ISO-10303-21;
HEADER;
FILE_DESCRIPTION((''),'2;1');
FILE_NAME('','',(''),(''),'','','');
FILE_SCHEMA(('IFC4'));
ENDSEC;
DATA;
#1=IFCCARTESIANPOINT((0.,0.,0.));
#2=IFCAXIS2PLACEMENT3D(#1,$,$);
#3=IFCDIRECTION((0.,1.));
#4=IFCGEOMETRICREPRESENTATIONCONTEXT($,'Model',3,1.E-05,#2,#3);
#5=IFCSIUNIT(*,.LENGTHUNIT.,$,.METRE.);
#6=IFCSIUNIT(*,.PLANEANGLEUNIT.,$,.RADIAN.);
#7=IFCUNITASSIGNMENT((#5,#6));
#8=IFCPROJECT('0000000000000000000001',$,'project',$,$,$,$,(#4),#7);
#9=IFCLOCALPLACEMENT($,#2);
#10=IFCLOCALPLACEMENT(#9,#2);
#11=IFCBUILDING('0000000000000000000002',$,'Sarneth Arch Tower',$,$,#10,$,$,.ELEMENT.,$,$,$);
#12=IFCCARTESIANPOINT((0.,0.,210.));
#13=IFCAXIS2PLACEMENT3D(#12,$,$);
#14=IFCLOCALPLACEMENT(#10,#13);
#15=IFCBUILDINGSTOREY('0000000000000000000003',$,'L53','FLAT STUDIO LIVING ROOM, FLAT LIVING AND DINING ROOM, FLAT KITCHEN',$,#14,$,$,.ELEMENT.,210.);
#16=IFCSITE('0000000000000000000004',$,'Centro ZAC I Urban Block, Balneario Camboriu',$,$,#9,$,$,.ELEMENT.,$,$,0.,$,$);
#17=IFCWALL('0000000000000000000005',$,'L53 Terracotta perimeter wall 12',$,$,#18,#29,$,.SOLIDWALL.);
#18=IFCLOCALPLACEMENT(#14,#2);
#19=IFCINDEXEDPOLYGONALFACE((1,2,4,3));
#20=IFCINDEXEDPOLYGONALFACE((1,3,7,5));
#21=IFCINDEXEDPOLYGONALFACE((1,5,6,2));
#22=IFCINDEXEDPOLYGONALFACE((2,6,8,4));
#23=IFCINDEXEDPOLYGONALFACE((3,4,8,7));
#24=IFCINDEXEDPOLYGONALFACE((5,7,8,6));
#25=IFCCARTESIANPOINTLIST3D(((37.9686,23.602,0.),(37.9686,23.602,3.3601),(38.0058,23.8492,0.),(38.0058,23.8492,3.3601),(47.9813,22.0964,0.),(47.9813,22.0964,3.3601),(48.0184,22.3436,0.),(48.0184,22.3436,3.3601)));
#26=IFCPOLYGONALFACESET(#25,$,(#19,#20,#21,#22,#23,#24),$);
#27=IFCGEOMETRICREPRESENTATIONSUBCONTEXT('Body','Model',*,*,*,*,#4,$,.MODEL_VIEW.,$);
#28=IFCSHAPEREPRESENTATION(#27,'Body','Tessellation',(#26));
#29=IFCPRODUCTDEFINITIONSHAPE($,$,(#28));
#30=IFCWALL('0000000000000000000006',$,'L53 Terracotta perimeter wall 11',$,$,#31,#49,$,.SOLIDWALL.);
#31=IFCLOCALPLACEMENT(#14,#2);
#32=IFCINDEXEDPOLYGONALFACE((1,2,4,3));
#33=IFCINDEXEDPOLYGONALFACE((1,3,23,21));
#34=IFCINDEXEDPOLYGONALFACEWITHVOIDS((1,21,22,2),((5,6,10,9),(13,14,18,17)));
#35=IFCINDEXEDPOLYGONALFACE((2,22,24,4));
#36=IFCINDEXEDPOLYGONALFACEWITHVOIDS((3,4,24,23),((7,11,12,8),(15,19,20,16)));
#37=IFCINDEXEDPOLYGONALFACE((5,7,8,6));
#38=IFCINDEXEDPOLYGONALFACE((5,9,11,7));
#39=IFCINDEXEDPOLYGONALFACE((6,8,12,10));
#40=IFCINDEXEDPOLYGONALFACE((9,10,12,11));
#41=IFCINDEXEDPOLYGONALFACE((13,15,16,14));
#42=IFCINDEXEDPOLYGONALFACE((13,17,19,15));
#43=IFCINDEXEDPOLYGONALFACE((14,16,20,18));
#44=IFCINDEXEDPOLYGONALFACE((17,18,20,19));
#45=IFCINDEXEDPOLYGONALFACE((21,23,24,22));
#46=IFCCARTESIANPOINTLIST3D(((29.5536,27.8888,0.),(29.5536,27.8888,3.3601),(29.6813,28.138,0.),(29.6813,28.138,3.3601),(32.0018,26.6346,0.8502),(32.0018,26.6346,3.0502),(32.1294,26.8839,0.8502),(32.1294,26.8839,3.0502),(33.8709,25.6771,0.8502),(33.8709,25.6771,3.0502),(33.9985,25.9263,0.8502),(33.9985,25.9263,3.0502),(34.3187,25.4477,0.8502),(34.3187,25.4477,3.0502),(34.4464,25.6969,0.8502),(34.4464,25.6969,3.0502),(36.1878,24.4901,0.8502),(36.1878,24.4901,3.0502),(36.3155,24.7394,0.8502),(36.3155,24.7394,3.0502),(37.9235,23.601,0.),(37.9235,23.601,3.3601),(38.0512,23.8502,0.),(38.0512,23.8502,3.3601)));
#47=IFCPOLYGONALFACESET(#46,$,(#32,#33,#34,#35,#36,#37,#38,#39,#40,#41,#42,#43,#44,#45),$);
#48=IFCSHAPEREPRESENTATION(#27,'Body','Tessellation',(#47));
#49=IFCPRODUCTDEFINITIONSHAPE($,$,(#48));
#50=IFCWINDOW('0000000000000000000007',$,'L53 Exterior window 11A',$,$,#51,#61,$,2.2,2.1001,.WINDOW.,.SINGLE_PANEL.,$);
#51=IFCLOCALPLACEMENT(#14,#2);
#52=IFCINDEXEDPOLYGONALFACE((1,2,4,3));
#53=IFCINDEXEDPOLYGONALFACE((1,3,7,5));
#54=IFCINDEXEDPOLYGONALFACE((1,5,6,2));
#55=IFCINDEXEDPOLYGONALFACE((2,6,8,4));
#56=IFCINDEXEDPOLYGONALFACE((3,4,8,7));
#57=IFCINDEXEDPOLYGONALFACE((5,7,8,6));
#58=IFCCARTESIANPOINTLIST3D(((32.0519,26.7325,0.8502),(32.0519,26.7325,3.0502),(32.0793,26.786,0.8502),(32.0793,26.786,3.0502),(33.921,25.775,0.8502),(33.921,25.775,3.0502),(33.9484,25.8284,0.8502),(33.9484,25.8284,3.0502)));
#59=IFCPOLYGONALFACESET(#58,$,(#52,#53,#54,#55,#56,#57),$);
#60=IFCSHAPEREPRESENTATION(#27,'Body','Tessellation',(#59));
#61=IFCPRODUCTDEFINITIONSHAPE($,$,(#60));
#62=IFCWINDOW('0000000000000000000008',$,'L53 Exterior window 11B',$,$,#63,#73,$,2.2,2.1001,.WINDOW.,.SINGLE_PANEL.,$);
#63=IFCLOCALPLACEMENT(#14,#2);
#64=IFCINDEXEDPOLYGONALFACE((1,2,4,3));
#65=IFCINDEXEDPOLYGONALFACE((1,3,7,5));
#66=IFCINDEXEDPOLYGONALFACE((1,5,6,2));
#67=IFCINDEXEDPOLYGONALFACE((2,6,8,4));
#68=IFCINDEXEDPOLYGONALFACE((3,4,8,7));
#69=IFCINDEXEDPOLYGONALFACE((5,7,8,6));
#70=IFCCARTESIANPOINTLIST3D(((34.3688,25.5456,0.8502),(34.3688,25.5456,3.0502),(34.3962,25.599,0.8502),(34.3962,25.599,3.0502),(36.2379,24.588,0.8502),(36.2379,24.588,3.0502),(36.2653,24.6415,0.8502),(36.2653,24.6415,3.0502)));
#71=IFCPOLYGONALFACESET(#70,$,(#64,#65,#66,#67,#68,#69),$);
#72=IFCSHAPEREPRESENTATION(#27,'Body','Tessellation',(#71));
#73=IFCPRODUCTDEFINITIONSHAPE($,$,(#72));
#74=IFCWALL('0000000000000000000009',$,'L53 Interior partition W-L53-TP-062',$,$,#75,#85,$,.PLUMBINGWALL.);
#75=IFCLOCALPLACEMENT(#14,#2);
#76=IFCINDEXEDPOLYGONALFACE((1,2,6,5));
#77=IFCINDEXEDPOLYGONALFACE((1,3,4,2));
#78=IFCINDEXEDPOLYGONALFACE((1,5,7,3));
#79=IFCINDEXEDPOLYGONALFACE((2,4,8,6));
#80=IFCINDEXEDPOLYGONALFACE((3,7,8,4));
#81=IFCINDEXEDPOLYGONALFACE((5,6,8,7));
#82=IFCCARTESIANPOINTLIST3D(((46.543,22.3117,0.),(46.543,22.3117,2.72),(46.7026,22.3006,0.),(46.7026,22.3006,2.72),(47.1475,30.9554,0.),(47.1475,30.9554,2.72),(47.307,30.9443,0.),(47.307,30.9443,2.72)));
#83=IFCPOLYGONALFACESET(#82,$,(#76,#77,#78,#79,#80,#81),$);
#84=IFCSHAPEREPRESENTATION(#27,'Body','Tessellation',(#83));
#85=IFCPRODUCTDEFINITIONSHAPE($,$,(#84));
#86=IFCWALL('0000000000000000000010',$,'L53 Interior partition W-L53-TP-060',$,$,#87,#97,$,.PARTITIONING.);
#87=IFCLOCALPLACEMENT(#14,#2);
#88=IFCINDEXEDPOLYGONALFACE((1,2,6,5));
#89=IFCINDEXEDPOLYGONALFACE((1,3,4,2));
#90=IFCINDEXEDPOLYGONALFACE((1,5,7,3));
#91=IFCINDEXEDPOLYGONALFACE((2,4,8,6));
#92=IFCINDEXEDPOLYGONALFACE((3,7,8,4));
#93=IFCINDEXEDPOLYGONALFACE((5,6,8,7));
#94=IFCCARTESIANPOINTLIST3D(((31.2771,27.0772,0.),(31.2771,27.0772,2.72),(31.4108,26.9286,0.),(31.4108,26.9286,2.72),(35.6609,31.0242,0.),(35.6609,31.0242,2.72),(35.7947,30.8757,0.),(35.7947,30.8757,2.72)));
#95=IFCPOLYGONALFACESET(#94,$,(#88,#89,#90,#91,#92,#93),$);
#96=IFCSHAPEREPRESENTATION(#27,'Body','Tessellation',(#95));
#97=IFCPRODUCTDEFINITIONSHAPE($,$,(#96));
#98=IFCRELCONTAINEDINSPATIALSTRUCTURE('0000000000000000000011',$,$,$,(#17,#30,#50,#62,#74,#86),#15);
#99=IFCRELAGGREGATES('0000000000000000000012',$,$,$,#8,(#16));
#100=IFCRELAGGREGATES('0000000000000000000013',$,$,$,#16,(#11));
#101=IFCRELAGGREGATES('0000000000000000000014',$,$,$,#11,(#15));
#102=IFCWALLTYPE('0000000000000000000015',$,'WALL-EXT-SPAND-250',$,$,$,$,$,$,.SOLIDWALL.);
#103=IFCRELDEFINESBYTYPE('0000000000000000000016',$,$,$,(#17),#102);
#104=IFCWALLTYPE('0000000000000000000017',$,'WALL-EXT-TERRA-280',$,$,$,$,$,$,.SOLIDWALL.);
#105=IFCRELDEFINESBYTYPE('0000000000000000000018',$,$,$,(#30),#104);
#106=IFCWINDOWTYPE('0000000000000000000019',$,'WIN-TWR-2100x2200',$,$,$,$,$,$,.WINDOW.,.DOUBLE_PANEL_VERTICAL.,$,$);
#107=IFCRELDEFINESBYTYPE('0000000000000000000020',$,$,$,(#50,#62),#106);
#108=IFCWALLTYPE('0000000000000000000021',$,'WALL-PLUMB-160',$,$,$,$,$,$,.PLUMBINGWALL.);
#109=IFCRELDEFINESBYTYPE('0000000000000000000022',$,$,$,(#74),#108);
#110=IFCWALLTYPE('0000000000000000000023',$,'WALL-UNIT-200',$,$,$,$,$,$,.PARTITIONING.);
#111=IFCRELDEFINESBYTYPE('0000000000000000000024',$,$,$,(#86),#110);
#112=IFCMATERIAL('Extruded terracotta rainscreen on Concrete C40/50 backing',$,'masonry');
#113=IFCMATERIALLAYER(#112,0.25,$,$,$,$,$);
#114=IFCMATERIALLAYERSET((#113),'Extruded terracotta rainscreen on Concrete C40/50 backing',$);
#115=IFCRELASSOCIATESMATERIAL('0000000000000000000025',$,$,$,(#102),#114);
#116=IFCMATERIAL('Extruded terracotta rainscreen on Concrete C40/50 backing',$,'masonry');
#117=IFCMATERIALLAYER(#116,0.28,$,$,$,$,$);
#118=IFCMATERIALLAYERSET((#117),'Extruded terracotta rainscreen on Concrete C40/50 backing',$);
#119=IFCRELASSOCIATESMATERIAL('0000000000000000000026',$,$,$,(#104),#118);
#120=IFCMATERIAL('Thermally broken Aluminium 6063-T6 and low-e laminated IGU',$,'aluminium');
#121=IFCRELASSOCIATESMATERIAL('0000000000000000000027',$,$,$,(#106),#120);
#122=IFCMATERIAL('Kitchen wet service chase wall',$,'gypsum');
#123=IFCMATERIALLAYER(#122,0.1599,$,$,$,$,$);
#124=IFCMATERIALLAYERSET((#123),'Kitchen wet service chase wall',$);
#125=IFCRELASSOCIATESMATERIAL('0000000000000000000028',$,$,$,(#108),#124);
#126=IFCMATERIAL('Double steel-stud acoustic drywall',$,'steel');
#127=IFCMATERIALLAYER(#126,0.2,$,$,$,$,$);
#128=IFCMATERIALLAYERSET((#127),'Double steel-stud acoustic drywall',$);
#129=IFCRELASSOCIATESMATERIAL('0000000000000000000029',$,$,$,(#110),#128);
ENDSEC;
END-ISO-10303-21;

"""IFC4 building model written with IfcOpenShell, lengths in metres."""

from ifc_helpers import new_model, si_unit, direction, frame, frame_2d, origin, place, context, subcontext, project, spatial, rectangle, extrude, material, layer, layer_set, type_object, element, fill, save


model = new_model("IFC4")

# Units and contexts
model_context = context("Model", 3, precision=1e-05, world=origin(), true_north=direction((0.0, 1.0)))
body_context = subcontext(model_context, "Body", "Model", "MODEL_VIEW")
ifc_project = project(units=[si_unit("LENGTHUNIT", "METRE"), si_unit("PLANEANGLEUNIT", "RADIAN")], contexts=[model_context])

# Site, building, storey
site_placement = place(None, origin())
site = spatial("IfcSite", under=ifc_project, at=site_placement, Name="Centro ZAC I Urban Block, Balneario Camboriu", CompositionType="ELEMENT", RefElevation=0.0)
building_placement = place(site_placement, origin())
building = spatial("IfcBuilding", under=site, at=building_placement, Name="Sarneth Arch Tower", CompositionType="ELEMENT")
storey_placement = place(building_placement, frame((0.0, 0.0, 210.0)))
storey = spatial("IfcBuildingStorey", under=building, at=storey_placement, Name="L53", Description="FLAT STUDIO LIVING ROOM, FLAT LIVING AND DINING ROOM, FLAT KITCHEN", CompositionType="ELEMENT", Elevation=210.0)

# Wall
ifc_material_1 = material(Name="Extruded terracotta rainscreen on Concrete C40/50 backing", Category="masonry")
ifc_layer_1 = layer(ifc_material_1, 0.25)
ifc_layer_set_1 = layer_set([ifc_layer_1], Name="Extruded terracotta rainscreen on Concrete C40/50 backing")
wall_type_1 = type_object("IfcWallType", Name="WALL-EXT-SPAND-250", PredefinedType="SOLIDWALL", material=ifc_layer_set_1)
wall_1_placement = place(storey_placement, frame((37.9873, 23.7256, 0.0), z_axis=(0.0, 0.0, 1.0), x_axis=(0.988883, -0.148699, 0.0)))
element("IfcWall", 1, at=wall_1_placement, inside=storey, type_object=wall_type_1, Name="L53 Terracotta perimeter wall 12", PredefinedType="SOLIDWALL", context=body_context, shape_type="SweptSolid", body=[
    extrude(rectangle(XDim=10.1252, YDim=0.25, at=frame_2d((5.0625, 0.0))), origin(), (0.0, 0.0, 1.0), 3.3601),
])

# Wall, openings, windows
ifc_material_2 = material(Name="Extruded terracotta rainscreen on Concrete C40/50 backing", Category="masonry")
ifc_layer_2 = layer(ifc_material_2, 0.28)
ifc_layer_set_2 = layer_set([ifc_layer_2], Name="Extruded terracotta rainscreen on Concrete C40/50 backing")
wall_type_2 = type_object("IfcWallType", Name="WALL-EXT-TERRA-280", PredefinedType="SOLIDWALL", material=ifc_layer_set_2)
wall_2_placement = place(storey_placement, frame((29.6174, 28.0134, 0.0), z_axis=(0.0, 0.0, 1.0), x_axis=(0.890007, -0.455946, 0.0)))
wall_2 = element("IfcWall", 2, at=wall_2_placement, inside=storey, type_object=wall_type_2, Name="L53 Terracotta perimeter wall 11", PredefinedType="SOLIDWALL", context=body_context, shape_type="SweptSolid", body=[
    extrude(rectangle(XDim=9.4043, YDim=0.28, at=frame_2d((4.7021, 0.0))), origin(), (0.0, 0.0, 1.0), 3.3601),
])
opening_1_placement = place(wall_2_placement, frame((2.7507, 0.0, 0.8501)))
opening_1 = element("IfcOpeningElement", 3, at=opening_1_placement, cuts=wall_2, PredefinedType="OPENING", context=body_context, shape_type="SweptSolid", body=[
    extrude(rectangle(XDim=2.1001, YDim=2.2, at=frame_2d((1.05, 1.1001))), frame((0.0, 0.1499, 0.0), z_axis=(0.0, -1.0, 0.0), x_axis=(1.0, 0.0, 0.0)), (0.0, 0.0, 1.0), 0.3),
])
opening_2_placement = place(wall_2_placement, frame((5.354, 0.0, 0.8501)))
opening_2 = element("IfcOpeningElement", 4, at=opening_2_placement, cuts=wall_2, PredefinedType="OPENING", context=body_context, shape_type="SweptSolid", body=[
    extrude(rectangle(XDim=2.1001, YDim=2.2, at=frame_2d((1.05, 1.1001))), frame((0.0, 0.1499, 0.0), z_axis=(0.0, -1.0, 0.0), x_axis=(1.0, 0.0, 0.0)), (0.0, 0.0, 1.0), 0.3),
])
ifc_material_3 = material(Name="Thermally broken Aluminium 6063-T6 and low-e laminated IGU", Category="aluminium")
window_type = type_object("IfcWindowType", Name="WIN-TWR-2100x2200", PartitioningType="DOUBLE_PANEL_VERTICAL", PredefinedType="WINDOW", material=ifc_material_3)
window_1_placement = place(opening_1_placement, origin())
window_1 = element("IfcWindow", 5, at=window_1_placement, inside=storey, type_object=window_type, Name="L53 Exterior window 11A", OverallHeight=2.2, OverallWidth=2.1001, PartitioningType="SINGLE_PANEL", PredefinedType="WINDOW", context=body_context, shape_type="SweptSolid", body=[
    extrude(rectangle(XDim=2.1001, YDim=2.2, at=frame_2d((1.05, 1.1001))), frame((0.0, 0.03, 0.0), z_axis=(0.0, -1.0, 0.0), x_axis=(1.0, 0.0, 0.0)), (0.0, 0.0, 1.0), 0.0601),
])
fill(opening_1, window_1)
window_2_placement = place(opening_2_placement, origin())
window_2 = element("IfcWindow", 6, at=window_2_placement, inside=storey, type_object=window_type, Name="L53 Exterior window 11B", OverallHeight=2.2, OverallWidth=2.1001, PartitioningType="SINGLE_PANEL", PredefinedType="WINDOW", context=body_context, shape_type="SweptSolid", body=[
    extrude(rectangle(XDim=2.1001, YDim=2.2, at=frame_2d((1.05, 1.1001))), frame((0.0, 0.03, 0.0), z_axis=(0.0, -1.0, 0.0), x_axis=(1.0, 0.0, 0.0)), (0.0, 0.0, 1.0), 0.0601),
])
fill(opening_2, window_2)

# Walls
ifc_material_4 = material(Name="Kitchen wet service chase wall", Category="gypsum")
ifc_layer_3 = layer(ifc_material_4, 0.1599)
ifc_layer_set_3 = layer_set([ifc_layer_3], Name="Kitchen wet service chase wall")
wall_type_3 = type_object("IfcWallType", Name="WALL-PLUMB-160", PredefinedType="PLUMBINGWALL", material=ifc_layer_set_3)
wall_3_placement = place(storey_placement, frame((47.2273, 30.95, 0.0), z_axis=(0.0, 0.0, 1.0), x_axis=(-0.069763, -0.997564, 0.0)))
element("IfcWall", 7, at=wall_3_placement, inside=storey, type_object=wall_type_3, Name="L53 Interior partition W-L53-TP-062", PredefinedType="PLUMBINGWALL", context=body_context, shape_type="SweptSolid", body=[
    extrude(rectangle(XDim=8.6648, YDim=0.1599, at=frame_2d((4.3325, 0.0))), origin(), (0.0, 0.0, 1.0), 2.72),
])
ifc_material_5 = material(Name="Double steel-stud acoustic drywall", Category="steel")
ifc_layer_4 = layer(ifc_material_5, 0.2)
ifc_layer_set_4 = layer_set([ifc_layer_4], Name="Double steel-stud acoustic drywall")
wall_type_4 = type_object("IfcWallType", Name="WALL-UNIT-200", PredefinedType="PARTITIONING", material=ifc_layer_set_4)
wall_4_placement = place(storey_placement, frame((35.7278, 30.95, 0.0), z_axis=(0.0, 0.0, 1.0), x_axis=(-0.743158, -0.669116, 0.0)))
element("IfcWall", 8, at=wall_4_placement, inside=storey, type_object=wall_type_4, Name="L53 Interior partition W-L53-TP-060", PredefinedType="PARTITIONING", context=body_context, shape_type="SweptSolid", body=[
    extrude(rectangle(XDim=5.8989, YDim=0.2, at=frame_2d((2.9495, 0.0))), origin(), (0.0, 0.0, 1.0), 2.72),
])

save(model, "model.ifc")
